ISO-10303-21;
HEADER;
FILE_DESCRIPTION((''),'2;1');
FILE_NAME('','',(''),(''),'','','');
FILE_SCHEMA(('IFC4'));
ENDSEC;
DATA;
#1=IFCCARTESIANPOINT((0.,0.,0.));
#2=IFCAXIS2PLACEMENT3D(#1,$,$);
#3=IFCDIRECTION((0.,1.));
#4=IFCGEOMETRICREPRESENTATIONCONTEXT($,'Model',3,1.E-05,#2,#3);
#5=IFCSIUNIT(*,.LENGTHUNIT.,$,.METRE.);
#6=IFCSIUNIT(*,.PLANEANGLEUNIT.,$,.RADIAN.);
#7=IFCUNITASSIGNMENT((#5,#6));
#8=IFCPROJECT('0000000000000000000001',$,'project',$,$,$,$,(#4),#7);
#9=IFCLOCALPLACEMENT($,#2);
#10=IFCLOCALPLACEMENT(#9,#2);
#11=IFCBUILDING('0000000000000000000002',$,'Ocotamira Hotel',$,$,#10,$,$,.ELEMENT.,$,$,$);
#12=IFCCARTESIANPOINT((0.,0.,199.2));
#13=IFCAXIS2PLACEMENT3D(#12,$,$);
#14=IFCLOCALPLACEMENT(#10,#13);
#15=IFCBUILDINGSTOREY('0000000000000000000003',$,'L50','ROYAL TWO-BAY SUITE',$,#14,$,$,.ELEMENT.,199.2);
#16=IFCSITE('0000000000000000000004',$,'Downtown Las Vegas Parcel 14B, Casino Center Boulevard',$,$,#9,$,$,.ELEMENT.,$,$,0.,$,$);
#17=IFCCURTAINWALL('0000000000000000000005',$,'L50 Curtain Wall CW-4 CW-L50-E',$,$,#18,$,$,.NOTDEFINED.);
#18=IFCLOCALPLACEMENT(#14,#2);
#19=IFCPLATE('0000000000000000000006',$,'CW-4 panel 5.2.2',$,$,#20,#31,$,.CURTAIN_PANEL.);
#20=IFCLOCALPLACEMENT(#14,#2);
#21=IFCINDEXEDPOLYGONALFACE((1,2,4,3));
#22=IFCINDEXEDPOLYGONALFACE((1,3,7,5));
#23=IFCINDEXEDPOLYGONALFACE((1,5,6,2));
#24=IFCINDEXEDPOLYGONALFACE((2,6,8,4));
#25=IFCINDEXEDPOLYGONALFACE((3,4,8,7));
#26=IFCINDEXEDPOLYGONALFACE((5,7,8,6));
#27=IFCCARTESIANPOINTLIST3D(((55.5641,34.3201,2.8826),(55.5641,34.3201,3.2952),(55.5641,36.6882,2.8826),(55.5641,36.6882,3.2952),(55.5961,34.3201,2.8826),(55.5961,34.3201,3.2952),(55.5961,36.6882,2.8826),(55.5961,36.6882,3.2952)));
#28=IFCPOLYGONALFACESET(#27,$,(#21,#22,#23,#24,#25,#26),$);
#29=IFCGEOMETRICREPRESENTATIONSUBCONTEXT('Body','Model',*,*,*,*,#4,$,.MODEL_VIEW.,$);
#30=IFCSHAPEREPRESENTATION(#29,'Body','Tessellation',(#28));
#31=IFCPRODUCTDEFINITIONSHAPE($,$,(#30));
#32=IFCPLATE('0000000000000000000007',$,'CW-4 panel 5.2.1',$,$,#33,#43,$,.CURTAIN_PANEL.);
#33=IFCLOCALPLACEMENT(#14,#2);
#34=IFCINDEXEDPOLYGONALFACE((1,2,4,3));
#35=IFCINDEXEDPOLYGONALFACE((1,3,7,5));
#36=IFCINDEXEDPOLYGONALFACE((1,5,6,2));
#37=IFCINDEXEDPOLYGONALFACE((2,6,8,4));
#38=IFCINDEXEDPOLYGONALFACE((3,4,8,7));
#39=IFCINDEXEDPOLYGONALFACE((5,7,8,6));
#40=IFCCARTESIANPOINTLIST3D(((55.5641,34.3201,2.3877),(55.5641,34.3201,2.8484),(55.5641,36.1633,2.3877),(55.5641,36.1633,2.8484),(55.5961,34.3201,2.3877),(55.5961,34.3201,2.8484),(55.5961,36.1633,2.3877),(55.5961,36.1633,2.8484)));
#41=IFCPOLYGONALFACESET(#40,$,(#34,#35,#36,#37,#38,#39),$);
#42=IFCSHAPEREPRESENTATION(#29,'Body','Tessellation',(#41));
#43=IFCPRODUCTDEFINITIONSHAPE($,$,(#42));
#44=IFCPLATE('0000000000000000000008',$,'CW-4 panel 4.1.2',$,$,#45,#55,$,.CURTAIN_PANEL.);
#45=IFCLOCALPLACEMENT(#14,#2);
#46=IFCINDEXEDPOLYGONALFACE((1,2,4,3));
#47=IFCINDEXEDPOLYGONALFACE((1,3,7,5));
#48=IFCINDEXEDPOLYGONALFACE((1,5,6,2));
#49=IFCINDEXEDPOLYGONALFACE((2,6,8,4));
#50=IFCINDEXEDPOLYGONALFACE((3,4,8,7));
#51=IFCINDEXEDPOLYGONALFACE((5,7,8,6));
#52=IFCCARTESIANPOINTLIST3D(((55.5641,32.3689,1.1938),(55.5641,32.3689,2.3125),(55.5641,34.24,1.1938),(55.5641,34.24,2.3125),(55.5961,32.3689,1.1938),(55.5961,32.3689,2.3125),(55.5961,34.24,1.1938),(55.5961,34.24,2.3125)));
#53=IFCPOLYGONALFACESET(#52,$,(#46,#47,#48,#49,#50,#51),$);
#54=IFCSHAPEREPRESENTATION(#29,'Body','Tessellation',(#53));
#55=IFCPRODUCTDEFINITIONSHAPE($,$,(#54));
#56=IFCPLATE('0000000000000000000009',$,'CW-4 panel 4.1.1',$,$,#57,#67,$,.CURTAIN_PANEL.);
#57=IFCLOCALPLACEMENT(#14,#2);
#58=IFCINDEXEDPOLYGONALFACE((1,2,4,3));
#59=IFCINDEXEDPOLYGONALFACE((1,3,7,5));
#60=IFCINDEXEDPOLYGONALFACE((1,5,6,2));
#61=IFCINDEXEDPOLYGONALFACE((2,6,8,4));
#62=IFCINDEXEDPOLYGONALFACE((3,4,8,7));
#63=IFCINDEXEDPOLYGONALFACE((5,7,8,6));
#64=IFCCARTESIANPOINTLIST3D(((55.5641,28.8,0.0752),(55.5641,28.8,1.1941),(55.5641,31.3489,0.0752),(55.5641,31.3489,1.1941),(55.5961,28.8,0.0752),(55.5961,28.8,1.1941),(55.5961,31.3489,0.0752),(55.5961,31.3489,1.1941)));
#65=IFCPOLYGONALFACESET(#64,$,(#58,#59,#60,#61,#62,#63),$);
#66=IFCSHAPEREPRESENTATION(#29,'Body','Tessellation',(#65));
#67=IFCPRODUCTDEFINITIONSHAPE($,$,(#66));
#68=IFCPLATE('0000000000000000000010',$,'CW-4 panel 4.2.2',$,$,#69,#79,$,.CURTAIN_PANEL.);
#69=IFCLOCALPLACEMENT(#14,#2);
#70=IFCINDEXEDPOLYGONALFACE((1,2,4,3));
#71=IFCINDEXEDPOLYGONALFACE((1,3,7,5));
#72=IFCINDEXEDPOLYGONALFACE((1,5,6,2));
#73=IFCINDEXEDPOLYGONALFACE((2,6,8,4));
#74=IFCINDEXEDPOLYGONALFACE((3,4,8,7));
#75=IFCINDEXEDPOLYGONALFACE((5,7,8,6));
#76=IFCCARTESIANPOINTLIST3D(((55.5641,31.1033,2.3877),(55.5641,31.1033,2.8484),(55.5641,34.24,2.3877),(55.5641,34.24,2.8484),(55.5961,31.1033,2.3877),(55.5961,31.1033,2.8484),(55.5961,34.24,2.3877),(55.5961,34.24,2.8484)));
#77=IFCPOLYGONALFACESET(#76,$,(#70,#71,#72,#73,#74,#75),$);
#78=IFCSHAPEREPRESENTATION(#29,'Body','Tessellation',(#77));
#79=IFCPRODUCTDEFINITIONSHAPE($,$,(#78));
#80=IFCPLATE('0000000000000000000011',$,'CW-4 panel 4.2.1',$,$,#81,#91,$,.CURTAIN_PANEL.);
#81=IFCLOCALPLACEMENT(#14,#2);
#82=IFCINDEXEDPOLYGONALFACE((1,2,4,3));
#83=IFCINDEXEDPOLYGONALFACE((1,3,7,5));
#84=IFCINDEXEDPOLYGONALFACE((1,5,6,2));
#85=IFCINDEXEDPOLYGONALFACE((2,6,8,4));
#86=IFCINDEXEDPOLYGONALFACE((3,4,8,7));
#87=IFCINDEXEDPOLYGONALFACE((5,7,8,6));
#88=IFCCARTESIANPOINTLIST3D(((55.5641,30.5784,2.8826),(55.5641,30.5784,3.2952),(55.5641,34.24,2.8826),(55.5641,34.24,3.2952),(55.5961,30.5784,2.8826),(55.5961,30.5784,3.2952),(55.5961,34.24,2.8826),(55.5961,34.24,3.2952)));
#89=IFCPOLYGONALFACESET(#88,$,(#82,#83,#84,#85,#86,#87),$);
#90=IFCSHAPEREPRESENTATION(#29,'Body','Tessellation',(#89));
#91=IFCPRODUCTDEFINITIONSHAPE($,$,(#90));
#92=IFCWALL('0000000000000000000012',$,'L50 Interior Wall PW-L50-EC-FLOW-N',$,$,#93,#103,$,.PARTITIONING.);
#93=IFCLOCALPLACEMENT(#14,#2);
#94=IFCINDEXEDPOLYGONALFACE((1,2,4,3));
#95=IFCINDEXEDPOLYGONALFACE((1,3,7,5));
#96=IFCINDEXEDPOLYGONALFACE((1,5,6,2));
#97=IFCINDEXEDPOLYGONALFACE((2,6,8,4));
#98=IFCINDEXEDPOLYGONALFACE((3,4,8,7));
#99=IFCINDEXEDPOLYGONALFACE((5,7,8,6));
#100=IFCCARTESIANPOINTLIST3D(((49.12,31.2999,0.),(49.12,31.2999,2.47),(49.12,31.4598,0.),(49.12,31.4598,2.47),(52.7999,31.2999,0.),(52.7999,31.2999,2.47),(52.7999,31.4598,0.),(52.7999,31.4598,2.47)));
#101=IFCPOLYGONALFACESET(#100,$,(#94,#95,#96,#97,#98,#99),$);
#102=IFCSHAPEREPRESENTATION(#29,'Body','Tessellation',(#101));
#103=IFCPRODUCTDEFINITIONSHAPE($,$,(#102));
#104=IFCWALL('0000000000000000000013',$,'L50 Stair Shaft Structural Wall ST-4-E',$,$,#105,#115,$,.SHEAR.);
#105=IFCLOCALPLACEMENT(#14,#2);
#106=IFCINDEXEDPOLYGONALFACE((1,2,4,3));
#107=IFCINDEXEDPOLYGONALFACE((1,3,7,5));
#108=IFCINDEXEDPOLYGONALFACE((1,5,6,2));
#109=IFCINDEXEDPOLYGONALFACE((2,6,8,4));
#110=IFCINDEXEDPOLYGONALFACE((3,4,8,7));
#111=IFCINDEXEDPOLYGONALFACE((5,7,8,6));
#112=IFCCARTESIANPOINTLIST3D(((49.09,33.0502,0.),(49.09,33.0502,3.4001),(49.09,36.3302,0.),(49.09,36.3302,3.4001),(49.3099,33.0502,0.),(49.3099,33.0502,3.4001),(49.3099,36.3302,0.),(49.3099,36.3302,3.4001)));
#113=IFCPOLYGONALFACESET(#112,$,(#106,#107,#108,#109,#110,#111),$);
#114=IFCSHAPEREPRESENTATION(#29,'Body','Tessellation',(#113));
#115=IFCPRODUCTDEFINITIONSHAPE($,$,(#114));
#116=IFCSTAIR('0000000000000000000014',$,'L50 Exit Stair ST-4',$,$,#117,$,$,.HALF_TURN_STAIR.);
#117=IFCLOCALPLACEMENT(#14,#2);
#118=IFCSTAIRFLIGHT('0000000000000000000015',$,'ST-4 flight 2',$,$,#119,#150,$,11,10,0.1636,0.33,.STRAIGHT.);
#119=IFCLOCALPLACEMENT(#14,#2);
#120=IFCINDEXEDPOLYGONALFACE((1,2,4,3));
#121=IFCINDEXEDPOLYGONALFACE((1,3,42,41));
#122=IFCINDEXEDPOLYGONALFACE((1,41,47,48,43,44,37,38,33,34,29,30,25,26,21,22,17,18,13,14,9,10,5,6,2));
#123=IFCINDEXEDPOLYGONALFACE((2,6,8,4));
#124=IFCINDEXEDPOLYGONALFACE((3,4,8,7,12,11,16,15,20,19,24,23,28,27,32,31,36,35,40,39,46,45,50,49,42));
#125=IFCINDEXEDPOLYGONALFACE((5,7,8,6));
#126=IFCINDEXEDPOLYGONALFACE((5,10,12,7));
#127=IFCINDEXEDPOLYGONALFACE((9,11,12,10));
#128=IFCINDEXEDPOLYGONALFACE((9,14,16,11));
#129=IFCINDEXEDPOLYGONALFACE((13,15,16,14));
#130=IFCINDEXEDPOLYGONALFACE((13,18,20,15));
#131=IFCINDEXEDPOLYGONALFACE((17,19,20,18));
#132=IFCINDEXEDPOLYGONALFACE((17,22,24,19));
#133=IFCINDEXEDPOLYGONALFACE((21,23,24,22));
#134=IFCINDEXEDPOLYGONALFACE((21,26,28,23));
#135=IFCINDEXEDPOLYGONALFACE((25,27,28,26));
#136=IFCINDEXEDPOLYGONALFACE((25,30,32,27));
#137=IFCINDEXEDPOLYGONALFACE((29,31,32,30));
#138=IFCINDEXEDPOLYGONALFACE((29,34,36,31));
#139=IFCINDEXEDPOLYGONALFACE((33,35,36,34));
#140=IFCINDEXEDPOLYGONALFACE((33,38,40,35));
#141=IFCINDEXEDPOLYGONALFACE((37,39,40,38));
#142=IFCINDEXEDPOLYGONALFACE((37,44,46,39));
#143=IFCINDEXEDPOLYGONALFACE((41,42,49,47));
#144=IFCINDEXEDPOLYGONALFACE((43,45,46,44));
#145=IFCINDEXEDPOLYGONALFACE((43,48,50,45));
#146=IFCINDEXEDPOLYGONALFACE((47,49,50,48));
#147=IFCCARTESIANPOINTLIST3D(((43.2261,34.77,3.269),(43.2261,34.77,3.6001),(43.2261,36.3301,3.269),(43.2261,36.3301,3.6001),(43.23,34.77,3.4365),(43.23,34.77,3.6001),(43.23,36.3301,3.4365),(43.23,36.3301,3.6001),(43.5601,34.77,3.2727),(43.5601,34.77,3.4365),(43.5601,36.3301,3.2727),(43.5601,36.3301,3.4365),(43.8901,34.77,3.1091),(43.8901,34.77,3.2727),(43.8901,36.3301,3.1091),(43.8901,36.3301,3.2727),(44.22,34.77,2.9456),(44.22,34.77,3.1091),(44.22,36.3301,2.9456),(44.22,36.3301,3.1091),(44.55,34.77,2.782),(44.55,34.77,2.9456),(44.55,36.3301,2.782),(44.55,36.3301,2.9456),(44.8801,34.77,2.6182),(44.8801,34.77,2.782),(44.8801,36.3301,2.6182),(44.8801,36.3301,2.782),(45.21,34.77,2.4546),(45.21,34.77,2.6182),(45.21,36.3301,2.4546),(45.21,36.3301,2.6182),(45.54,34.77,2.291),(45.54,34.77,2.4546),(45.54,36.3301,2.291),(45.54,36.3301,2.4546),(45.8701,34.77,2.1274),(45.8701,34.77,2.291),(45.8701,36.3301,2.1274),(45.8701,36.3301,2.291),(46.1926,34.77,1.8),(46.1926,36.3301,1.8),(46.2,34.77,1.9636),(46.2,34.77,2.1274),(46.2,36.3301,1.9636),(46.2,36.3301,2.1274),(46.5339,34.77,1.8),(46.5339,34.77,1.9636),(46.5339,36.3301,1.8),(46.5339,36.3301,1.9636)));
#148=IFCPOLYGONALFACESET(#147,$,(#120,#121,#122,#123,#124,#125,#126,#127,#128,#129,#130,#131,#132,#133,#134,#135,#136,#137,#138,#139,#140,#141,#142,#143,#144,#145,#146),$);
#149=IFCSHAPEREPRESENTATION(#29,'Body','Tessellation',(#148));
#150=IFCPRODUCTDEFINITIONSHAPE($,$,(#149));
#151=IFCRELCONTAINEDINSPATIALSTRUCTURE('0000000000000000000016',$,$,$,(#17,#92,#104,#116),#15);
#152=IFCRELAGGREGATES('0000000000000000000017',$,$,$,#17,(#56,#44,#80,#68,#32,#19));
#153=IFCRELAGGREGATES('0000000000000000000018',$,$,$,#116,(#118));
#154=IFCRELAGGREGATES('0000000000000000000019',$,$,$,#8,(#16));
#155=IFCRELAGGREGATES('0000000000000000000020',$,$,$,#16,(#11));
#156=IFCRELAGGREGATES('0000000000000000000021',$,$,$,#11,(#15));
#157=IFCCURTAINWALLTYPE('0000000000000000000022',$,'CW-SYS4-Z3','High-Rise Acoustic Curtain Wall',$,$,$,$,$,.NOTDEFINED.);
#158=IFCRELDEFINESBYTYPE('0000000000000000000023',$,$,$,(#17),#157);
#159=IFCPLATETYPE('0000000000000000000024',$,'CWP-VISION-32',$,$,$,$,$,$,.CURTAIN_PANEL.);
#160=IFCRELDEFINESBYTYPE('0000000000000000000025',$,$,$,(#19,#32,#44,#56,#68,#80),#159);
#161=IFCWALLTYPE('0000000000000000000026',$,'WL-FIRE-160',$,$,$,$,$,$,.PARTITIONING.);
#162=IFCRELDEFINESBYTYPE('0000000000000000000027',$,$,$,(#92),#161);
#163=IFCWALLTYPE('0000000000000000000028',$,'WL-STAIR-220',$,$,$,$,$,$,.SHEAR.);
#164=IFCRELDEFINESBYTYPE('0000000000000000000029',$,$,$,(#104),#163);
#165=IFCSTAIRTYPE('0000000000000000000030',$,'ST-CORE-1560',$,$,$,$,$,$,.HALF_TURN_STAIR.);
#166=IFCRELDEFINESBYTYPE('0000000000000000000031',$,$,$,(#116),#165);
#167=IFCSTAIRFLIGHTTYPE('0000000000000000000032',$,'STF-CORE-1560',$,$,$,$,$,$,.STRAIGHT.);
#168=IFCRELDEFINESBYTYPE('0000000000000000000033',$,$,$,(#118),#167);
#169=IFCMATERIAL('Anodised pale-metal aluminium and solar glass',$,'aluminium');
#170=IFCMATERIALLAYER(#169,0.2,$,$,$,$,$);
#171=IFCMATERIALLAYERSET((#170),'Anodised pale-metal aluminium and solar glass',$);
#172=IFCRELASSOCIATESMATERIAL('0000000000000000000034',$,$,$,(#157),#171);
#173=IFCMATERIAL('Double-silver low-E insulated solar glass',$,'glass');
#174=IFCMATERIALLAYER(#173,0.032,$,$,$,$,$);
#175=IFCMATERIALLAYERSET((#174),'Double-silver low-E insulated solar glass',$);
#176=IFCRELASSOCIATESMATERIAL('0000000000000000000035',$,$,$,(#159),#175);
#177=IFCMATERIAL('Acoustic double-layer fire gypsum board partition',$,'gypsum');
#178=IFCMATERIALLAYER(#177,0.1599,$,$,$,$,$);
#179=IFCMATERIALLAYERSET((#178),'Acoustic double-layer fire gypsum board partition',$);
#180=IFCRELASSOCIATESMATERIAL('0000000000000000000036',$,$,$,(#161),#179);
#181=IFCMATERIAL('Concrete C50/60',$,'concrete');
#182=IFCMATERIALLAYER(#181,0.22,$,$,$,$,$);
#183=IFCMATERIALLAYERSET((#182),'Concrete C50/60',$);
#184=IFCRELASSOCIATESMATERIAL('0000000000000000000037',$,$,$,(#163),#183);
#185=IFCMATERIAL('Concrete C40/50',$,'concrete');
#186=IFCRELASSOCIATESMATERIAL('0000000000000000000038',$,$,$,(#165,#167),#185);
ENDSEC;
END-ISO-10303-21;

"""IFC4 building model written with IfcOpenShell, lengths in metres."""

from ifc_helpers import new_model, si_unit, direction, frame, frame_2d, origin, origin_2d, place, context, subcontext, project, spatial, polyline, rectangle, outline, extrude, source, transform, mapped, material, layer, layer_set, type_object, element, aggregate, save


model = new_model("IFC4")

# Units and contexts
model_context = context("Model", 3, precision=1e-05, world=origin(), true_north=direction((0.0, 1.0)))
body_context = subcontext(model_context, "Body", "Model", "MODEL_VIEW")
ifc_project = project(units=[si_unit("LENGTHUNIT", "METRE"), si_unit("PLANEANGLEUNIT", "RADIAN")], contexts=[model_context])

# Site, building, storey
site_placement = place(None, origin())
site = spatial("IfcSite", under=ifc_project, at=site_placement, Name="Downtown Las Vegas Parcel 14B, Casino Center Boulevard", CompositionType="ELEMENT", RefElevation=0.0)
building_placement = place(site_placement, origin())
building = spatial("IfcBuilding", under=site, at=building_placement, Name="Ocotamira Hotel", CompositionType="ELEMENT")
storey_placement = place(building_placement, frame((0.0, 0.0, 199.2)))
storey = spatial("IfcBuildingStorey", under=building, at=storey_placement, Name="L50", Description="ROYAL TWO-BAY SUITE", CompositionType="ELEMENT", Elevation=199.2)

# Curtain wall
ifc_material_1 = material(Name="Anodised pale-metal aluminium and solar glass", Category="aluminium")
ifc_layer_1 = layer(ifc_material_1, 0.2)
ifc_layer_set_1 = layer_set([ifc_layer_1], Name="Anodised pale-metal aluminium and solar glass")
curtain_wall_type = type_object("IfcCurtainWallType", Name="CW-SYS4-Z3", Description="High-Rise Acoustic Curtain Wall", PredefinedType="NOTDEFINED", material=ifc_layer_set_1)
curtain_wall_placement = place(storey_placement, origin())
curtain_wall = element("IfcCurtainWall", 1, at=curtain_wall_placement, inside=storey, type_object=curtain_wall_type, Name="L50 Curtain Wall CW-4 CW-L50-E", PredefinedType="NOTDEFINED")

# Plates
ifc_material_2 = material(Name="Double-silver low-E insulated solar glass", Category="glass")
ifc_layer_2 = layer(ifc_material_2, 0.032)
ifc_layer_set_2 = layer_set([ifc_layer_2], Name="Double-silver low-E insulated solar glass")
plate_type_1 = type_object("IfcPlateType", Name="CWP-VISION-32", PredefinedType="CURTAIN_PANEL", material=ifc_layer_set_2)
shared_shape_1 = source(origin(), body_context, "Body", "SweptSolid", [
    extrude(rectangle(XDim=2.3682, YDim=0.032, at=origin_2d()), origin(), (0.0, 0.0, 1.0), 0.4126),
])
plate_1_placement = place(storey_placement, frame((55.5801, 35.5042, 2.8826), z_axis=(0.0, 0.0, 1.0), x_axis=(0.0, 1.0, 0.0)))
plate_1 = element("IfcPlate", 2, at=plate_1_placement, type_object=plate_type_1, Name="CW-4 panel 5.2.2", PredefinedType="CURTAIN_PANEL", context=body_context, shape_type="MappedRepresentation", body=[
    mapped(shared_shape_1, transform((0.0, 0.0, 0.0), scale=1.0)),
])
shared_shape_2 = source(origin(), body_context, "Body", "SweptSolid", [
    extrude(rectangle(XDim=1.8433, YDim=0.032, at=origin_2d()), origin(), (0.0, 0.0, 1.0), 0.4607),
])
plate_2_placement = place(storey_placement, frame((55.5801, 35.2417, 2.3877), z_axis=(0.0, 0.0, 1.0), x_axis=(0.0, 1.0, 0.0)))
plate_2 = element("IfcPlate", 3, at=plate_2_placement, type_object=plate_type_1, Name="CW-4 panel 5.2.1", PredefinedType="CURTAIN_PANEL", context=body_context, shape_type="MappedRepresentation", body=[
    mapped(shared_shape_2, transform((0.0, 0.0, 0.0), scale=1.0)),
])
shared_shape_3 = source(origin(), body_context, "Body", "SweptSolid", [
    extrude(rectangle(XDim=1.8711, YDim=0.032, at=origin_2d()), origin(), (0.0, 0.0, 1.0), 1.1187),
])
plate_3_placement = place(storey_placement, frame((55.5801, 33.3044, 1.1938), z_axis=(0.0, 0.0, 1.0), x_axis=(0.0, 1.0, 0.0)))
plate_3 = element("IfcPlate", 4, at=plate_3_placement, type_object=plate_type_1, Name="CW-4 panel 4.1.2", PredefinedType="CURTAIN_PANEL", context=body_context, shape_type="MappedRepresentation", body=[
    mapped(shared_shape_3, transform((0.0, 0.0, 0.0), scale=1.0)),
])
shared_shape_4 = source(origin(), body_context, "Body", "SweptSolid", [
    extrude(rectangle(XDim=2.5488, YDim=0.032, at=origin_2d()), origin(), (0.0, 0.0, 1.0), 1.1189),
])
plate_4_placement = place(storey_placement, frame((55.5801, 30.0745, 0.0752), z_axis=(0.0, 0.0, 1.0), x_axis=(0.0, 1.0, 0.0)))
plate_4 = element("IfcPlate", 5, at=plate_4_placement, type_object=plate_type_1, Name="CW-4 panel 4.1.1", PredefinedType="CURTAIN_PANEL", context=body_context, shape_type="MappedRepresentation", body=[
    mapped(shared_shape_4, transform((0.0, 0.0, 0.0), scale=1.0)),
])
shared_shape_5 = source(origin(), body_context, "Body", "SweptSolid", [
    extrude(rectangle(XDim=3.1367, YDim=0.032, at=origin_2d()), origin(), (0.0, 0.0, 1.0), 0.4607),
])
plate_5_placement = place(storey_placement, frame((55.5801, 32.6716, 2.3877), z_axis=(0.0, 0.0, 1.0), x_axis=(0.0, 1.0, 0.0)))
plate_5 = element("IfcPlate", 6, at=plate_5_placement, type_object=plate_type_1, Name="CW-4 panel 4.2.2", PredefinedType="CURTAIN_PANEL", context=body_context, shape_type="MappedRepresentation", body=[
    mapped(shared_shape_5, transform((0.0, 0.0, 0.0), scale=1.0)),
])
shared_shape_6 = source(origin(), body_context, "Body", "SweptSolid", [
    extrude(rectangle(XDim=3.6616, YDim=0.032, at=origin_2d()), origin(), (0.0, 0.0, 1.0), 0.4126),
])
plate_6_placement = place(storey_placement, frame((55.5801, 32.4092, 2.8826), z_axis=(0.0, 0.0, 1.0), x_axis=(0.0, 1.0, 0.0)))
plate_6 = element("IfcPlate", 7, at=plate_6_placement, type_object=plate_type_1, Name="CW-4 panel 4.2.1", PredefinedType="CURTAIN_PANEL", context=body_context, shape_type="MappedRepresentation", body=[
    mapped(shared_shape_6, transform((0.0, 0.0, 0.0), scale=1.0)),
])
aggregate(curtain_wall, [plate_4, plate_3, plate_6, plate_5, plate_2, plate_1])

# Wall
ifc_material_3 = material(Name="Acoustic double-layer fire gypsum board partition", Category="gypsum")
ifc_layer_3 = layer(ifc_material_3, 0.1599)
ifc_layer_set_3 = layer_set([ifc_layer_3], Name="Acoustic double-layer fire gypsum board partition")
wall_type_1 = type_object("IfcWallType", Name="WL-FIRE-160", PredefinedType="PARTITIONING", material=ifc_layer_set_3)
wall_1_placement = place(storey_placement, frame((49.1201, 31.3799, 0.0), z_axis=(0.0, 0.0, 1.0), x_axis=(1.0, 0.0, 0.0)))
element("IfcWall", 8, at=wall_1_placement, inside=storey, type_object=wall_type_1, Name="L50 Interior Wall PW-L50-EC-FLOW-N", PredefinedType="PARTITIONING", context=body_context, shape_type="SweptSolid", body=[
    extrude(rectangle(XDim=3.6799, YDim=0.1599, at=frame_2d((1.8398, 0.0))), origin(), (0.0, 0.0, 1.0), 2.47),
])

# Wall
ifc_material_4 = material(Name="Concrete C50/60", Category="concrete")
ifc_layer_4 = layer(ifc_material_4, 0.22)
ifc_layer_set_4 = layer_set([ifc_layer_4], Name="Concrete C50/60")
wall_type_2 = type_object("IfcWallType", Name="WL-STAIR-220", PredefinedType="SHEAR", material=ifc_layer_set_4)
wall_2_placement = place(storey_placement, frame((49.2, 33.05, 0.0), z_axis=(0.0, 0.0, 1.0), x_axis=(0.0, 1.0, 0.0)))
element("IfcWall", 9, at=wall_2_placement, inside=storey, type_object=wall_type_2, Name="L50 Stair Shaft Structural Wall ST-4-E", PredefinedType="SHEAR", context=body_context, shape_type="SweptSolid", body=[
    extrude(rectangle(XDim=3.28, YDim=0.22, at=frame_2d((1.6401, 0.0))), origin(), (0.0, 0.0, 1.0), 3.4001),
])

# Stair, stair flight
ifc_material_5 = material(Name="Concrete C40/50", Category="concrete")
stair_type = type_object("IfcStairType", Name="ST-CORE-1560", PredefinedType="HALF_TURN_STAIR", material=ifc_material_5)
stair_placement = place(storey_placement, origin())
stair = element("IfcStair", 10, at=stair_placement, inside=storey, type_object=stair_type, Name="L50 Exit Stair ST-4", PredefinedType="HALF_TURN_STAIR")
stair_flight_type = type_object("IfcStairFlightType", Name="STF-CORE-1560", PredefinedType="STRAIGHT", material=ifc_material_5)
shared_shape_7 = source(origin(), body_context, "Body", "SweptSolid", [
    extrude(outline(polyline([(-0.0039, 0.0), (-0.0039, 0.1636), (0.3301, 0.1636), (0.3301, 0.3274), (0.6599, 0.3274), (0.6599, 0.491), (0.99, 0.491), (0.99, 0.6545), (1.3201, 0.6545), (1.3201, 0.8181), (1.6499, 0.8181), (1.6499, 0.9819), (1.98, 0.9819), (1.98, 1.1455), (2.3101, 1.1455), (2.3101, 1.3091), (2.6399, 1.3091), (2.6399, 1.4727), (2.97, 1.4727), (2.97, 1.6365), (3.3, 1.6365), (3.3, 1.8), (3.304, 1.8), (3.304, 1.469), (0.3374, 0.0), (-0.0039, 0.0)])), frame((0.0, 0.78, 0.0), z_axis=(0.0, -1.0, 0.0), x_axis=(1.0, 0.0, 0.0)), (0.0, 0.0, 1.0), 1.5601),
])
stair_flight_placement = place(storey_placement, frame((46.53, 35.55, 1.8), z_axis=(0.0, 0.0, 1.0), x_axis=(-1.0, 0.0, 0.0)))
stair_flight = element("IfcStairFlight", 11, at=stair_flight_placement, type_object=stair_flight_type, Name="ST-4 flight 2", NumberOfRisers=11, NumberOfTreads=10, PredefinedType="STRAIGHT", RiserHeight=0.1636, TreadLength=0.33, context=body_context, shape_type="MappedRepresentation", body=[
    mapped(shared_shape_7, transform((0.0, 0.0, 0.0), scale=1.0)),
])
aggregate(stair, [stair_flight])

save(model, "model.ifc")
